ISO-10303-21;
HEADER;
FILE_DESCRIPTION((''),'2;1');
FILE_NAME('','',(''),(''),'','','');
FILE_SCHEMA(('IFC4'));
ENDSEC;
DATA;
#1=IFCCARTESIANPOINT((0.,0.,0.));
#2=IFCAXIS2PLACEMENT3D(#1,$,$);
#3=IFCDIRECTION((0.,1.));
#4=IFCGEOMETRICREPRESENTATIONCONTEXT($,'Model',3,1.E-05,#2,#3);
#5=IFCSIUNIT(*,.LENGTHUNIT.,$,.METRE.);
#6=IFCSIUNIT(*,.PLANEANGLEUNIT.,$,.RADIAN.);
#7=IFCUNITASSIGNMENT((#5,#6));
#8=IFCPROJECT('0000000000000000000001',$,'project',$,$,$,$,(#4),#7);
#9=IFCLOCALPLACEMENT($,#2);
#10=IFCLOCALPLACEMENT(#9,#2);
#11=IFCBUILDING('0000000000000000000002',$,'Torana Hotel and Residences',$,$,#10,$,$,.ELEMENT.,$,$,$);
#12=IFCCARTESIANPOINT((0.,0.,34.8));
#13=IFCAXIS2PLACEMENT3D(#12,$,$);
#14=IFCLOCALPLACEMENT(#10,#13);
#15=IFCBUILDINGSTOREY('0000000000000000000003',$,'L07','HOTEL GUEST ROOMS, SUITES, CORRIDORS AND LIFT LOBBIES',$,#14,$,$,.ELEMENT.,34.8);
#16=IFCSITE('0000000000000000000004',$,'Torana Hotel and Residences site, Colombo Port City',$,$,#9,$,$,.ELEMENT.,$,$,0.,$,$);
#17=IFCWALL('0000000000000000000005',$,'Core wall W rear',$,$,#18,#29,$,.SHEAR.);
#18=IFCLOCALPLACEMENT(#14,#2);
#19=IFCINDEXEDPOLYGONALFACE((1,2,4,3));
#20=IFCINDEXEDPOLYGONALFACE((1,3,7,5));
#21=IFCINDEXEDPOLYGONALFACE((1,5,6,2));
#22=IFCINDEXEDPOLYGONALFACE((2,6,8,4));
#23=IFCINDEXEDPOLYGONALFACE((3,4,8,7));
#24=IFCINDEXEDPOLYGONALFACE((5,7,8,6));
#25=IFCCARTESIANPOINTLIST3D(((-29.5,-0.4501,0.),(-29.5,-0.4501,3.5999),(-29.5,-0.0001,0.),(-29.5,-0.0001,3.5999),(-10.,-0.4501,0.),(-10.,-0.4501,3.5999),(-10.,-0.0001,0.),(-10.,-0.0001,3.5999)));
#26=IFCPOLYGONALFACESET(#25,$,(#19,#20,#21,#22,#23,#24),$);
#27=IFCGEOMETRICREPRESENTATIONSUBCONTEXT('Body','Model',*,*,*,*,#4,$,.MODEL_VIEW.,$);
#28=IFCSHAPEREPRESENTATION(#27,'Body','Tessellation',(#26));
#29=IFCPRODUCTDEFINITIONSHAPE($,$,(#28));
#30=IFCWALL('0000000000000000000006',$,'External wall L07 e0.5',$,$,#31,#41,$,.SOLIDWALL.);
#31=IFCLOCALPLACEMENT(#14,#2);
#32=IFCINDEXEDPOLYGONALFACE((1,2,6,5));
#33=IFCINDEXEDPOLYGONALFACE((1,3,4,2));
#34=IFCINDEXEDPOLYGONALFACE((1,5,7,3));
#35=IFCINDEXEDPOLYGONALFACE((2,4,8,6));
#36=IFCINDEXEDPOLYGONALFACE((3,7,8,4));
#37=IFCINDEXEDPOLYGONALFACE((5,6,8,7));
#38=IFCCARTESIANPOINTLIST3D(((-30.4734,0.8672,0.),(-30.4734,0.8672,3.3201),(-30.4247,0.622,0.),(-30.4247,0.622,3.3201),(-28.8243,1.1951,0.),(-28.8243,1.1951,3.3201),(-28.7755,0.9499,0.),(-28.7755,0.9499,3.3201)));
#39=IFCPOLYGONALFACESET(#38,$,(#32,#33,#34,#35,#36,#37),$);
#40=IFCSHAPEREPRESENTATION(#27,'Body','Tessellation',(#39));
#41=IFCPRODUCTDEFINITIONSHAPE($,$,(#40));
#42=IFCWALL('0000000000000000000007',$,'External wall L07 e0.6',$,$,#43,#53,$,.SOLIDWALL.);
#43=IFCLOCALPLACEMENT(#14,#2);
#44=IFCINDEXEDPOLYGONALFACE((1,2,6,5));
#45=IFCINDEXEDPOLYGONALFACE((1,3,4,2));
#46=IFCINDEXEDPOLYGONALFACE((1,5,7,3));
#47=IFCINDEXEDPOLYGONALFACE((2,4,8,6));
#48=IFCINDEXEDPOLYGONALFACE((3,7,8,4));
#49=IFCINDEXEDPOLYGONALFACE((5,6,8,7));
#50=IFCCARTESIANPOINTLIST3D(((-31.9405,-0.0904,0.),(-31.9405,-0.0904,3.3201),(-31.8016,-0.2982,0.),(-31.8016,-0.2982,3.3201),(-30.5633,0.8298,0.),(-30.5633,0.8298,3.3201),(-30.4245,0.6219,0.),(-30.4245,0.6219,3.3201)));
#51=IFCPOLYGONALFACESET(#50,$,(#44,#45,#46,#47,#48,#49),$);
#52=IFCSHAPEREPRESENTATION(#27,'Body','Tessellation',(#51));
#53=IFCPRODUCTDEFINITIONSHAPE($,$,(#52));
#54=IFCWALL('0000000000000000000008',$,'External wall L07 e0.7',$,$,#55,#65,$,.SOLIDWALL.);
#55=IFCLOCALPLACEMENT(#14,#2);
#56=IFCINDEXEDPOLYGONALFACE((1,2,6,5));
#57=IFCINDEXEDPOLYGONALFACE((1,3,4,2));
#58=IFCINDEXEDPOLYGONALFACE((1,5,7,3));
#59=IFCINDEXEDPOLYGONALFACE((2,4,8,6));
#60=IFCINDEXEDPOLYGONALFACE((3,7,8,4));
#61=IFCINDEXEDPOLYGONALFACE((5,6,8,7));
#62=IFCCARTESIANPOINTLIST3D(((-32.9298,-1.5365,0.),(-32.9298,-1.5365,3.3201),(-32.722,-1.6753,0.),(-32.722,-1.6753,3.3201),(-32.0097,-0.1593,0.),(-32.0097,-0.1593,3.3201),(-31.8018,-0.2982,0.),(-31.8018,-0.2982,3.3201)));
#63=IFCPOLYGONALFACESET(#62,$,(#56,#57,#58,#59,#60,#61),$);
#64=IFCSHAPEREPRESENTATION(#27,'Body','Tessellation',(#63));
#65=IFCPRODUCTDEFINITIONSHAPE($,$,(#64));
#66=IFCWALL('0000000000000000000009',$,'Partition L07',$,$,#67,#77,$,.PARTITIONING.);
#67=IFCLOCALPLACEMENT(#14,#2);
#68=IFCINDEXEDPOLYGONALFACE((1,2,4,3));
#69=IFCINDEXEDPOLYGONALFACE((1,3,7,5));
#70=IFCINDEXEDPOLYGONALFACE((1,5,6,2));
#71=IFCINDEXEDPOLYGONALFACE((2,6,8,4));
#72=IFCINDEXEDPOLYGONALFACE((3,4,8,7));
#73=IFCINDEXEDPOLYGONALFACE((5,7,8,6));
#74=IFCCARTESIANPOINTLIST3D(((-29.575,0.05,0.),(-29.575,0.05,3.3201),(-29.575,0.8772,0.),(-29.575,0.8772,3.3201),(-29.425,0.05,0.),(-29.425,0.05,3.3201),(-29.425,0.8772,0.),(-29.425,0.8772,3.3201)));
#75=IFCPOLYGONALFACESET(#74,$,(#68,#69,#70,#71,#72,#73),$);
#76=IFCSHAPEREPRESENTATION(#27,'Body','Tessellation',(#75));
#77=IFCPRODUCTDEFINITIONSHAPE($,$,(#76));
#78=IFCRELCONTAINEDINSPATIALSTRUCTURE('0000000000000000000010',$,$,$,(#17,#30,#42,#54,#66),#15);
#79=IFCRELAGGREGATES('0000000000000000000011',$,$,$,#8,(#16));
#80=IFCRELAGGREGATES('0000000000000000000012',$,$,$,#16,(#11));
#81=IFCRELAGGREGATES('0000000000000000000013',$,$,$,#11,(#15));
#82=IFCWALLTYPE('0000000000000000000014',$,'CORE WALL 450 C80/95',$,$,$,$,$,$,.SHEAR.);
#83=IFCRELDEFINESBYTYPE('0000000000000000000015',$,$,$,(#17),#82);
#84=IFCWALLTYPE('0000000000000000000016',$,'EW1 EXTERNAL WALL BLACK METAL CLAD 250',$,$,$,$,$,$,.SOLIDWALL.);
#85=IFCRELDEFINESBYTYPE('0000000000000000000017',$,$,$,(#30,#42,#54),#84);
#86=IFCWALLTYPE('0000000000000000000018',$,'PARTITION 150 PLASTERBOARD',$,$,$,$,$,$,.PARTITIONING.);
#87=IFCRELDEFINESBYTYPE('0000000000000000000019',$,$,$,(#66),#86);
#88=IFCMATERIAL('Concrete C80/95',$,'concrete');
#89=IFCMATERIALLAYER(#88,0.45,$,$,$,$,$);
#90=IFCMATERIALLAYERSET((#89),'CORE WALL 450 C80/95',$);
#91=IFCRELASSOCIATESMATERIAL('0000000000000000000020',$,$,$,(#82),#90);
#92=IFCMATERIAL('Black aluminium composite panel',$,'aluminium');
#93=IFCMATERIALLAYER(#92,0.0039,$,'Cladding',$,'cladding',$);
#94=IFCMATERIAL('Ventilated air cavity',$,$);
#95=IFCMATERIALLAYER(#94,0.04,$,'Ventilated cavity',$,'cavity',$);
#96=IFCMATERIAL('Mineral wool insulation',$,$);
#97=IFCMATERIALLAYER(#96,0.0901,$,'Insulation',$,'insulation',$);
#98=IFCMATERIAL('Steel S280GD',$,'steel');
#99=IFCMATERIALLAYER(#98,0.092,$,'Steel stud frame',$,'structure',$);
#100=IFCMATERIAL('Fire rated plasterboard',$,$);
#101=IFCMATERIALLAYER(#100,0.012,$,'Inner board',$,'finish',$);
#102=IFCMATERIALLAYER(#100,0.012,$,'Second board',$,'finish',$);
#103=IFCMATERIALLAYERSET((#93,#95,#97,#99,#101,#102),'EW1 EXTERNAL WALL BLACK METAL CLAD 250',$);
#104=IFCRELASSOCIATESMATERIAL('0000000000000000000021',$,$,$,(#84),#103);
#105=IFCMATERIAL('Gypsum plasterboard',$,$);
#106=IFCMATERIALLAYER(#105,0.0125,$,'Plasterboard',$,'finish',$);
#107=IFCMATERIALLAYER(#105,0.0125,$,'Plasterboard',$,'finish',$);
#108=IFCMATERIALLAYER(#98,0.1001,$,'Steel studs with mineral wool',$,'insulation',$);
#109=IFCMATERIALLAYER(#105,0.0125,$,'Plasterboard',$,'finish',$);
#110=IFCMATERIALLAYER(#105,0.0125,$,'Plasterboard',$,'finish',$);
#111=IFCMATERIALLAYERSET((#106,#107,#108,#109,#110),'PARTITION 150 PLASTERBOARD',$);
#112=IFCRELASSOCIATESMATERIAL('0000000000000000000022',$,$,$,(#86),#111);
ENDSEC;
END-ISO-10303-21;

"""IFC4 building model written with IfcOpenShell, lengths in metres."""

from ifc_helpers import new_model, si_unit, direction, frame, frame_2d, origin, place, context, subcontext, project, spatial, rectangle, extrude, material, layer, layer_set, type_object, element, save


model = new_model("IFC4")

# Units and contexts
model_context = context("Model", 3, precision=1e-05, world=origin(), true_north=direction((0.0, 1.0)))
body_context = subcontext(model_context, "Body", "Model", "MODEL_VIEW")
ifc_project = project(units=[si_unit("LENGTHUNIT", "METRE"), si_unit("PLANEANGLEUNIT", "RADIAN")], contexts=[model_context])

# Site, building, storey
site_placement = place(None, origin())
site = spatial("IfcSite", under=ifc_project, at=site_placement, Name="Torana Hotel and Residences site, Colombo Port City", CompositionType="ELEMENT", RefElevation=0.0)
building_placement = place(site_placement, origin())
building = spatial("IfcBuilding", under=site, at=building_placement, Name="Torana Hotel and Residences", CompositionType="ELEMENT")
storey_placement = place(building_placement, frame((0.0, 0.0, 34.8)))
storey = spatial("IfcBuildingStorey", under=building, at=storey_placement, Name="L07", Description="HOTEL GUEST ROOMS, SUITES, CORRIDORS AND LIFT LOBBIES", CompositionType="ELEMENT", Elevation=34.8)

# Walls
ifc_material_1 = material(Name="Concrete C80/95", Category="concrete")
ifc_layer_1 = layer(ifc_material_1, 0.45)
ifc_layer_set_1 = layer_set([ifc_layer_1], Name="CORE WALL 450 C80/95")
wall_type_1 = type_object("IfcWallType", Name="CORE WALL 450 C80/95", PredefinedType="SHEAR", material=ifc_layer_set_1)
wall_1_placement = place(storey_placement, frame((-29.5, -0.2251, 0.0), z_axis=(0.0, 0.0, 1.0), x_axis=(1.0, 0.0, 0.0)))
element("IfcWall", 1, at=wall_1_placement, inside=storey, type_object=wall_type_1, Name="Core wall W rear", PredefinedType="SHEAR", context=body_context, shape_type="SweptSolid", body=[
    extrude(rectangle(XDim=19.5, YDim=0.45, at=frame_2d((9.75, 0.0))), origin(), (0.0, 0.0, 1.0), 3.5999),
])
ifc_material_2 = material(Name="Black aluminium composite panel", Category="aluminium")
ifc_layer_2 = layer(ifc_material_2, 0.0039, Name="Cladding", Category="cladding")
ifc_material_3 = material(Name="Ventilated air cavity")
ifc_layer_3 = layer(ifc_material_3, 0.04, Name="Ventilated cavity", Category="cavity")
ifc_material_4 = material(Name="Mineral wool insulation")
ifc_layer_4 = layer(ifc_material_4, 0.0901, Name="Insulation", Category="insulation")
ifc_material_5 = material(Name="Steel S280GD", Category="steel")
ifc_layer_5 = layer(ifc_material_5, 0.092, Name="Steel stud frame", Category="structure")
ifc_material_6 = material(Name="Fire rated plasterboard")
ifc_layer_6 = layer(ifc_material_6, 0.012, Name="Inner board", Category="finish")
ifc_layer_7 = layer(ifc_material_6, 0.012, Name="Second board", Category="finish")
ifc_layer_set_2 = layer_set([ifc_layer_2, ifc_layer_3, ifc_layer_4, ifc_layer_5, ifc_layer_6, ifc_layer_7], Name="EW1 EXTERNAL WALL BLACK METAL CLAD 250")
wall_type_2 = type_object("IfcWallType", Name="EW1 EXTERNAL WALL BLACK METAL CLAD 250", PredefinedType="SOLIDWALL", material=ifc_layer_set_2)
wall_2_placement = place(storey_placement, frame((-28.7998, 1.0725, 0.0), z_axis=(0.0, 0.0, 1.0), x_axis=(-0.980803, -0.194999, 0.0)))
element("IfcWall", 2, at=wall_2_placement, inside=storey, type_object=wall_type_2, Name="External wall L07 e0.5", PredefinedType="SOLIDWALL", context=body_context, shape_type="SweptSolid", body=[
    extrude(rectangle(XDim=1.6814, YDim=0.25, at=frame_2d((0.8408, 0.0))), origin(), (0.0, 0.0, 1.0), 3.3201),
])
for number, where, z_axis, x_axis, name in (
    (3, (-30.4939, 0.7258, 0.0), (0.0, 0.0, 1.0), (-0.831483, -0.55555, 0.0), "External wall L07 e0.6"),
    (4, (-31.9058, -0.2288, 0.0), (0.0, 0.0, 1.0), (-0.55555, -0.831483, 0.0), "External wall L07 e0.7"),
):
    element("IfcWall", number, at=place(storey_placement, frame(where, z_axis=z_axis, x_axis=x_axis)), inside=storey, type_object=wall_type_2, Name=name, PredefinedType="SOLIDWALL", context=body_context, shape_type="SweptSolid", body=[
        extrude(rectangle(XDim=1.6562, YDim=0.25, at=frame_2d((0.8281, 0.0))), origin(), (0.0, 0.0, 1.0), 3.3201),
    ])
ifc_material_7 = material(Name="Gypsum plasterboard")
ifc_layer_8 = layer(ifc_material_7, 0.0125, Name="Plasterboard", Category="finish")
ifc_layer_9 = layer(ifc_material_7, 0.0125, Name="Plasterboard", Category="finish")
ifc_layer_10 = layer(ifc_material_5, 0.1001, Name="Steel studs with mineral wool", Category="insulation")
ifc_layer_11 = layer(ifc_material_7, 0.0125, Name="Plasterboard", Category="finish")
ifc_layer_12 = layer(ifc_material_7, 0.0125, Name="Plasterboard", Category="finish")
ifc_layer_set_3 = layer_set([ifc_layer_8, ifc_layer_9, ifc_layer_10, ifc_layer_11, ifc_layer_12], Name="PARTITION 150 PLASTERBOARD")
wall_type_3 = type_object("IfcWallType", Name="PARTITION 150 PLASTERBOARD", PredefinedType="PARTITIONING", material=ifc_layer_set_3)
wall_3_placement = place(storey_placement, frame((-29.5, 0.05, 0.0), z_axis=(0.0, 0.0, 1.0), x_axis=(0.0, 1.0, 0.0)))
element("IfcWall", 5, at=wall_3_placement, inside=storey, type_object=wall_type_3, Name="Partition L07", PredefinedType="PARTITIONING", context=body_context, shape_type="SweptSolid", body=[
    extrude(rectangle(XDim=0.8271, YDim=0.1499, at=frame_2d((0.4136, 0.0))), origin(), (0.0, 0.0, 1.0), 3.3201),
])

save(model, "model.ifc")
